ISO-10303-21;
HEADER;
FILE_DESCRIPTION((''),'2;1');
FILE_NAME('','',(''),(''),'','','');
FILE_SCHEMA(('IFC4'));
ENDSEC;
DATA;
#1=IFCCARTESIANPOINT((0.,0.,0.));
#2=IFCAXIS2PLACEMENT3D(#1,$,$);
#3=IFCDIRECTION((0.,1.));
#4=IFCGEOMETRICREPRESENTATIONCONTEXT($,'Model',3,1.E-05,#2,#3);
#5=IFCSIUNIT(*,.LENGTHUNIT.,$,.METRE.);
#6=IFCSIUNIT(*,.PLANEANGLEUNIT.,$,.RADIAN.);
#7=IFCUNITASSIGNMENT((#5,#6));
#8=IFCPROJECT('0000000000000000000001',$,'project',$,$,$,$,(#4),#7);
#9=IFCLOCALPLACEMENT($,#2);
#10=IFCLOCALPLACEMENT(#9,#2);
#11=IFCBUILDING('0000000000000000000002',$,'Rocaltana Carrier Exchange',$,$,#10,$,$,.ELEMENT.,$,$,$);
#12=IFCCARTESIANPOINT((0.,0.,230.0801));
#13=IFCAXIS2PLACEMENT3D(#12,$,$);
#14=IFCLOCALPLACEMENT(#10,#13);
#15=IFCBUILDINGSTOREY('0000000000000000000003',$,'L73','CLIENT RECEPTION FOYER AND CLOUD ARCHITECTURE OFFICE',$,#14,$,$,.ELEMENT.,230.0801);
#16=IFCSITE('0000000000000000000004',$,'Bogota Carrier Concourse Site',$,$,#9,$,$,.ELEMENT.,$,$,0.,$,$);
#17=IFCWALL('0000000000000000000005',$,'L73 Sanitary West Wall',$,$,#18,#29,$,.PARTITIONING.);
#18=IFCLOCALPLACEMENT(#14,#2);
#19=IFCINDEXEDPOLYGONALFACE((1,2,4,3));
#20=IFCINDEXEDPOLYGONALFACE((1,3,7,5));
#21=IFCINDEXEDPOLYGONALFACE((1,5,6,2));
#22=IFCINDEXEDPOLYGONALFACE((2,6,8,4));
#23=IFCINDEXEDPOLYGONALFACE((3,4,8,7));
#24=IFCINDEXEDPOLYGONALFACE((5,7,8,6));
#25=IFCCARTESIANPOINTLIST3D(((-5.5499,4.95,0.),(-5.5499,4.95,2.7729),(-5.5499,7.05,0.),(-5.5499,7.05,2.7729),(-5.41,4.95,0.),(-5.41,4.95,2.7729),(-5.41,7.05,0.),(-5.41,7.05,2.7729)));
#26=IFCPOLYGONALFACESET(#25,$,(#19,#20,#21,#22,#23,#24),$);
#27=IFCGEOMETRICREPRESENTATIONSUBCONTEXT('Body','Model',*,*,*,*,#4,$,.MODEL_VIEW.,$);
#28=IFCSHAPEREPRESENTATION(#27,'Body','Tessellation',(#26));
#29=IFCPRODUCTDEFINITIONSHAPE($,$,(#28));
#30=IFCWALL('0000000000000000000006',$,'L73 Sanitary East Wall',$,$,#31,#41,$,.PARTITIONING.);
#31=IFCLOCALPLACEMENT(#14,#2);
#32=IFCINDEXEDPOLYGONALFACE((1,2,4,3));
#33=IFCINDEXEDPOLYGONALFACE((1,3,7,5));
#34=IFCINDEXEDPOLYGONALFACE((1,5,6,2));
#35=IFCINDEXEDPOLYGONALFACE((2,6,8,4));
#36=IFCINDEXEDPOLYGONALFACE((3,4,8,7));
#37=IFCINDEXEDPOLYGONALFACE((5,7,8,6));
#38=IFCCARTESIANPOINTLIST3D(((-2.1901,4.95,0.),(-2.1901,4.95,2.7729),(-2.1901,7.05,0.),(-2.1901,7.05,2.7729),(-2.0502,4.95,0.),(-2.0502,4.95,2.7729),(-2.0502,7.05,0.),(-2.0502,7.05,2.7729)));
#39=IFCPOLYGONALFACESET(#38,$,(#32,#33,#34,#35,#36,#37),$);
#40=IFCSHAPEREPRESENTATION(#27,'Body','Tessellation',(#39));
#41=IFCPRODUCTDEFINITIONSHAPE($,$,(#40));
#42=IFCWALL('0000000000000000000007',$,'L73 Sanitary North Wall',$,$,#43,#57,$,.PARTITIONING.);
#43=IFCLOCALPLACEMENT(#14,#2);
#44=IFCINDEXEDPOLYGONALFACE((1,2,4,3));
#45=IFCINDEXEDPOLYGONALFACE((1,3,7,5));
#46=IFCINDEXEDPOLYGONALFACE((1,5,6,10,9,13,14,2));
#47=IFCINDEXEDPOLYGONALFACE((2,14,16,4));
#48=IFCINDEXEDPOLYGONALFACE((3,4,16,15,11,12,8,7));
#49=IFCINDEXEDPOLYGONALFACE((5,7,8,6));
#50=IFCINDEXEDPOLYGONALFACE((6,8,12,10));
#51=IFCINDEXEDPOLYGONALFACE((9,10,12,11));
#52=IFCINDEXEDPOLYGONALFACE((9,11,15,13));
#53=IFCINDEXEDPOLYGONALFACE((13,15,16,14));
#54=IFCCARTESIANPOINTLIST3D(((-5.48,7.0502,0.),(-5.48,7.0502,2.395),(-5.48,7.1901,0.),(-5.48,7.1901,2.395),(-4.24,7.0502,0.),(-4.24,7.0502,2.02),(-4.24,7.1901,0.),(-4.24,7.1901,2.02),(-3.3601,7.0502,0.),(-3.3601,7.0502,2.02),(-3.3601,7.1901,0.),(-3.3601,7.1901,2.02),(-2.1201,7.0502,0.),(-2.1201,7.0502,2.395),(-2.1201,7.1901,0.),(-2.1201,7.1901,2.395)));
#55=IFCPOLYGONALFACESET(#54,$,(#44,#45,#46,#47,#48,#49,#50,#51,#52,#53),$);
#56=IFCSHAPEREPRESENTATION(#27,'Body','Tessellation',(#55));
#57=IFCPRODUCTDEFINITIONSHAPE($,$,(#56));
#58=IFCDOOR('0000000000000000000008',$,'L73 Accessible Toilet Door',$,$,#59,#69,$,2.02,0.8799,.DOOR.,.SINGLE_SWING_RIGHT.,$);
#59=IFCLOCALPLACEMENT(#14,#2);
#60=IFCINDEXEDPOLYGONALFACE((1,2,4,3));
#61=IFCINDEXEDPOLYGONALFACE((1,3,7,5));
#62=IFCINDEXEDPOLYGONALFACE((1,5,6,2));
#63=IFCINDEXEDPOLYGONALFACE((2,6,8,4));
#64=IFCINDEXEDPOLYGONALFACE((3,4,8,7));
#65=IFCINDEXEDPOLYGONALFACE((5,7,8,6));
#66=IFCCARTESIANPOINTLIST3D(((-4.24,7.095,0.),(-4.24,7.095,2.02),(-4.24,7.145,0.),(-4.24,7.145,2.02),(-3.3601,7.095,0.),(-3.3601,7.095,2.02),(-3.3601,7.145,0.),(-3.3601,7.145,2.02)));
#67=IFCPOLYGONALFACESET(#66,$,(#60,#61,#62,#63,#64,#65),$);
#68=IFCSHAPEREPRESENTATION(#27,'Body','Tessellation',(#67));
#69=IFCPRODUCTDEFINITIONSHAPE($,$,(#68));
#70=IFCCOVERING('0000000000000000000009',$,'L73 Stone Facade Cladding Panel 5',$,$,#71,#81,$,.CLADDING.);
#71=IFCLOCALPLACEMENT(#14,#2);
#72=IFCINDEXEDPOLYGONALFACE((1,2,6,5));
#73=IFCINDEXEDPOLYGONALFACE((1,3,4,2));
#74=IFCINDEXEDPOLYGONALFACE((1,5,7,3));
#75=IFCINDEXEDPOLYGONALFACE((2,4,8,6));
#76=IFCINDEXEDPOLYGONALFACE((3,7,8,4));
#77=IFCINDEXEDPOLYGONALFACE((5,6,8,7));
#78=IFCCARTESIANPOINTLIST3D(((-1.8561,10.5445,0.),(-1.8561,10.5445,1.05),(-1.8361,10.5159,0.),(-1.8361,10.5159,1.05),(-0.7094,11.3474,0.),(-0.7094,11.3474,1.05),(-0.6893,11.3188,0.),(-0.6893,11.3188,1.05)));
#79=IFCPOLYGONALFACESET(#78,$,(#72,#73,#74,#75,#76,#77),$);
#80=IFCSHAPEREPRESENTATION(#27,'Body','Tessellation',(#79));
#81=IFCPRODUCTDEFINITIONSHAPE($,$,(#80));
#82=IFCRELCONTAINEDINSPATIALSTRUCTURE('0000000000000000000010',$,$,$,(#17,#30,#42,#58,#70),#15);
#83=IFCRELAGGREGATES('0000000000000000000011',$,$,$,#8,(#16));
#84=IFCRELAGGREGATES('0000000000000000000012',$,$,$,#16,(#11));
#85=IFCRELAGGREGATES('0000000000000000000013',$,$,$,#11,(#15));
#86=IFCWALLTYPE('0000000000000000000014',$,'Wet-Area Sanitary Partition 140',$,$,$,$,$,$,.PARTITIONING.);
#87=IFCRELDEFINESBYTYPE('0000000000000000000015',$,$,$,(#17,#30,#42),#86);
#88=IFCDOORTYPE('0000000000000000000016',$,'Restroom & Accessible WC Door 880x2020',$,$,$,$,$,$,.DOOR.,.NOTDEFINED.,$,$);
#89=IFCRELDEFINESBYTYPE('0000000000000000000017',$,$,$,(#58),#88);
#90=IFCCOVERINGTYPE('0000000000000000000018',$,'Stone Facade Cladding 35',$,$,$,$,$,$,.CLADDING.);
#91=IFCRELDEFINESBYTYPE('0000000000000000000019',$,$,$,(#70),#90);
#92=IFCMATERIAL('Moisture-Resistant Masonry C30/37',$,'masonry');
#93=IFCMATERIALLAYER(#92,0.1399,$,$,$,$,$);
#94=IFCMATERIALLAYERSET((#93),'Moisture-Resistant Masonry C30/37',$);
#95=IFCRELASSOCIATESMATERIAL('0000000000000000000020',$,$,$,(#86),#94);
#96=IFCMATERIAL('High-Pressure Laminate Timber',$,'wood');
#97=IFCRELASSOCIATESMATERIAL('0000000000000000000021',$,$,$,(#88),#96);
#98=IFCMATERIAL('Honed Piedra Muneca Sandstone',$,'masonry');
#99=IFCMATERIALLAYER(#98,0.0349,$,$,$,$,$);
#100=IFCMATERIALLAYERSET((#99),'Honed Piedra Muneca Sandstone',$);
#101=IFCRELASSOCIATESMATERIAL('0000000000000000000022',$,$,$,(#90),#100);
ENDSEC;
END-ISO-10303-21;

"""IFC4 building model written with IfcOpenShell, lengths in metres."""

from ifc_helpers import new_model, si_unit, direction, frame, frame_2d, origin, origin_2d, place, context, subcontext, project, spatial, rectangle, extrude, material, layer, layer_set, type_object, element, fill, save


model = new_model("IFC4")

# Units and contexts
model_context = context("Model", 3, precision=1e-05, world=origin(), true_north=direction((0.0, 1.0)))
body_context = subcontext(model_context, "Body", "Model", "MODEL_VIEW")
ifc_project = project(units=[si_unit("LENGTHUNIT", "METRE"), si_unit("PLANEANGLEUNIT", "RADIAN")], contexts=[model_context])

# Site, building, storey
site_placement = place(None, origin())
site = spatial("IfcSite", under=ifc_project, at=site_placement, Name="Bogota Carrier Concourse Site", CompositionType="ELEMENT", RefElevation=0.0)
building_placement = place(site_placement, origin())
building = spatial("IfcBuilding", under=site, at=building_placement, Name="Rocaltana Carrier Exchange", CompositionType="ELEMENT")
storey_placement = place(building_placement, frame((0.0, 0.0, 230.0801)))
storey = spatial("IfcBuildingStorey", under=building, at=storey_placement, Name="L73", Description="CLIENT RECEPTION FOYER AND CLOUD ARCHITECTURE OFFICE", CompositionType="ELEMENT", Elevation=230.0801)

# Walls
ifc_material_1 = material(Name="Moisture-Resistant Masonry C30/37", Category="masonry")
ifc_layer_1 = layer(ifc_material_1, 0.1399)
ifc_layer_set_1 = layer_set([ifc_layer_1], Name="Moisture-Resistant Masonry C30/37")
wall_type_1 = type_object("IfcWallType", Name="Wet-Area Sanitary Partition 140", PredefinedType="PARTITIONING", material=ifc_layer_set_1)
for number, where, z_axis, x_axis, name in (
    (1, (-5.48, 4.95, 0.0), (0.0, 0.0, 1.0), (0.0, 1.0, 0.0), "L73 Sanitary West Wall"),
    (2, (-2.1201, 4.95, 0.0), (0.0, 0.0, 1.0), (0.0, 1.0, 0.0), "L73 Sanitary East Wall"),
):
    element("IfcWall", number, at=place(storey_placement, frame(where, z_axis=z_axis, x_axis=x_axis)), inside=storey, type_object=wall_type_1, Name=name, PredefinedType="PARTITIONING", context=body_context, shape_type="SweptSolid", body=[
        extrude(rectangle(XDim=2.1001, YDim=0.1399, at=frame_2d((1.05, 0.0))), origin(), (0.0, 0.0, 1.0), 2.7729),
    ])

# Wall, opening, door
wall_1_placement = place(storey_placement, frame((-5.48, 7.1201, 0.0), z_axis=(0.0, 0.0, 1.0), x_axis=(1.0, 0.0, 0.0)))
wall_1 = element("IfcWall", 3, at=wall_1_placement, inside=storey, type_object=wall_type_1, Name="L73 Sanitary North Wall", PredefinedType="PARTITIONING", context=body_context, shape_type="SweptSolid", body=[
    extrude(rectangle(XDim=3.3599, YDim=0.1399, at=frame_2d((1.6799, 0.0))), origin(), (0.0, 0.0, 1.0), 2.395),
])
opening_1_placement = place(wall_1_placement, frame((1.24, 0.0, 0.0)))
opening_1 = element("IfcOpeningElement", 4, at=opening_1_placement, cuts=wall_1, PredefinedType="OPENING", context=body_context, shape_type="SweptSolid", body=[
    extrude(rectangle(XDim=0.8799, YDim=2.02, at=frame_2d((0.4399, 1.01))), frame((0.0, 0.0798, 0.0), z_axis=(0.0, -1.0, 0.0), x_axis=(1.0, 0.0, 0.0)), (0.0, 0.0, 1.0), 0.1599),
])
ifc_material_2 = material(Name="High-Pressure Laminate Timber", Category="wood")
door_type_1 = type_object("IfcDoorType", Name="Restroom & Accessible WC Door 880x2020", OperationType="NOTDEFINED", PredefinedType="DOOR", material=ifc_material_2)
door_1_placement = place(opening_1_placement, origin())
door_1 = element("IfcDoor", 5, at=door_1_placement, inside=storey, type_object=door_type_1, Name="L73 Accessible Toilet Door", OperationType="SINGLE_SWING_RIGHT", OverallHeight=2.02, OverallWidth=0.8799, PredefinedType="DOOR", context=body_context, shape_type="SweptSolid", body=[
    extrude(rectangle(XDim=0.8799, YDim=2.02, at=frame_2d((0.4399, 1.01))), frame((0.0, 0.0249, 0.0), z_axis=(0.0, -1.0, 0.0), x_axis=(1.0, 0.0, 0.0)), (0.0, 0.0, 1.0), 0.05),
])
fill(opening_1, door_1)

# Covering
ifc_material_3 = material(Name="Honed Piedra Muneca Sandstone", Category="masonry")
ifc_layer_2 = layer(ifc_material_3, 0.0349)
ifc_layer_set_2 = layer_set([ifc_layer_2], Name="Honed Piedra Muneca Sandstone")
covering_type = type_object("IfcCoveringType", Name="Stone Facade Cladding 35", PredefinedType="CLADDING", material=ifc_layer_set_2)
covering_placement = place(storey_placement, frame((-1.2727, 10.9316, 0.0), z_axis=(0.0, 0.0, 1.0), x_axis=(0.819152, 0.573576, 0.0)))
element("IfcCovering", 6, at=covering_placement, inside=storey, type_object=covering_type, Name="L73 Stone Facade Cladding Panel 5", PredefinedType="CLADDING", context=body_context, shape_type="SweptSolid", body=[
    extrude(rectangle(XDim=1.3999, YDim=0.0349, at=origin_2d()), origin(), (0.0, 0.0, 1.0), 1.05),
])

save(model, "model.ifc")
